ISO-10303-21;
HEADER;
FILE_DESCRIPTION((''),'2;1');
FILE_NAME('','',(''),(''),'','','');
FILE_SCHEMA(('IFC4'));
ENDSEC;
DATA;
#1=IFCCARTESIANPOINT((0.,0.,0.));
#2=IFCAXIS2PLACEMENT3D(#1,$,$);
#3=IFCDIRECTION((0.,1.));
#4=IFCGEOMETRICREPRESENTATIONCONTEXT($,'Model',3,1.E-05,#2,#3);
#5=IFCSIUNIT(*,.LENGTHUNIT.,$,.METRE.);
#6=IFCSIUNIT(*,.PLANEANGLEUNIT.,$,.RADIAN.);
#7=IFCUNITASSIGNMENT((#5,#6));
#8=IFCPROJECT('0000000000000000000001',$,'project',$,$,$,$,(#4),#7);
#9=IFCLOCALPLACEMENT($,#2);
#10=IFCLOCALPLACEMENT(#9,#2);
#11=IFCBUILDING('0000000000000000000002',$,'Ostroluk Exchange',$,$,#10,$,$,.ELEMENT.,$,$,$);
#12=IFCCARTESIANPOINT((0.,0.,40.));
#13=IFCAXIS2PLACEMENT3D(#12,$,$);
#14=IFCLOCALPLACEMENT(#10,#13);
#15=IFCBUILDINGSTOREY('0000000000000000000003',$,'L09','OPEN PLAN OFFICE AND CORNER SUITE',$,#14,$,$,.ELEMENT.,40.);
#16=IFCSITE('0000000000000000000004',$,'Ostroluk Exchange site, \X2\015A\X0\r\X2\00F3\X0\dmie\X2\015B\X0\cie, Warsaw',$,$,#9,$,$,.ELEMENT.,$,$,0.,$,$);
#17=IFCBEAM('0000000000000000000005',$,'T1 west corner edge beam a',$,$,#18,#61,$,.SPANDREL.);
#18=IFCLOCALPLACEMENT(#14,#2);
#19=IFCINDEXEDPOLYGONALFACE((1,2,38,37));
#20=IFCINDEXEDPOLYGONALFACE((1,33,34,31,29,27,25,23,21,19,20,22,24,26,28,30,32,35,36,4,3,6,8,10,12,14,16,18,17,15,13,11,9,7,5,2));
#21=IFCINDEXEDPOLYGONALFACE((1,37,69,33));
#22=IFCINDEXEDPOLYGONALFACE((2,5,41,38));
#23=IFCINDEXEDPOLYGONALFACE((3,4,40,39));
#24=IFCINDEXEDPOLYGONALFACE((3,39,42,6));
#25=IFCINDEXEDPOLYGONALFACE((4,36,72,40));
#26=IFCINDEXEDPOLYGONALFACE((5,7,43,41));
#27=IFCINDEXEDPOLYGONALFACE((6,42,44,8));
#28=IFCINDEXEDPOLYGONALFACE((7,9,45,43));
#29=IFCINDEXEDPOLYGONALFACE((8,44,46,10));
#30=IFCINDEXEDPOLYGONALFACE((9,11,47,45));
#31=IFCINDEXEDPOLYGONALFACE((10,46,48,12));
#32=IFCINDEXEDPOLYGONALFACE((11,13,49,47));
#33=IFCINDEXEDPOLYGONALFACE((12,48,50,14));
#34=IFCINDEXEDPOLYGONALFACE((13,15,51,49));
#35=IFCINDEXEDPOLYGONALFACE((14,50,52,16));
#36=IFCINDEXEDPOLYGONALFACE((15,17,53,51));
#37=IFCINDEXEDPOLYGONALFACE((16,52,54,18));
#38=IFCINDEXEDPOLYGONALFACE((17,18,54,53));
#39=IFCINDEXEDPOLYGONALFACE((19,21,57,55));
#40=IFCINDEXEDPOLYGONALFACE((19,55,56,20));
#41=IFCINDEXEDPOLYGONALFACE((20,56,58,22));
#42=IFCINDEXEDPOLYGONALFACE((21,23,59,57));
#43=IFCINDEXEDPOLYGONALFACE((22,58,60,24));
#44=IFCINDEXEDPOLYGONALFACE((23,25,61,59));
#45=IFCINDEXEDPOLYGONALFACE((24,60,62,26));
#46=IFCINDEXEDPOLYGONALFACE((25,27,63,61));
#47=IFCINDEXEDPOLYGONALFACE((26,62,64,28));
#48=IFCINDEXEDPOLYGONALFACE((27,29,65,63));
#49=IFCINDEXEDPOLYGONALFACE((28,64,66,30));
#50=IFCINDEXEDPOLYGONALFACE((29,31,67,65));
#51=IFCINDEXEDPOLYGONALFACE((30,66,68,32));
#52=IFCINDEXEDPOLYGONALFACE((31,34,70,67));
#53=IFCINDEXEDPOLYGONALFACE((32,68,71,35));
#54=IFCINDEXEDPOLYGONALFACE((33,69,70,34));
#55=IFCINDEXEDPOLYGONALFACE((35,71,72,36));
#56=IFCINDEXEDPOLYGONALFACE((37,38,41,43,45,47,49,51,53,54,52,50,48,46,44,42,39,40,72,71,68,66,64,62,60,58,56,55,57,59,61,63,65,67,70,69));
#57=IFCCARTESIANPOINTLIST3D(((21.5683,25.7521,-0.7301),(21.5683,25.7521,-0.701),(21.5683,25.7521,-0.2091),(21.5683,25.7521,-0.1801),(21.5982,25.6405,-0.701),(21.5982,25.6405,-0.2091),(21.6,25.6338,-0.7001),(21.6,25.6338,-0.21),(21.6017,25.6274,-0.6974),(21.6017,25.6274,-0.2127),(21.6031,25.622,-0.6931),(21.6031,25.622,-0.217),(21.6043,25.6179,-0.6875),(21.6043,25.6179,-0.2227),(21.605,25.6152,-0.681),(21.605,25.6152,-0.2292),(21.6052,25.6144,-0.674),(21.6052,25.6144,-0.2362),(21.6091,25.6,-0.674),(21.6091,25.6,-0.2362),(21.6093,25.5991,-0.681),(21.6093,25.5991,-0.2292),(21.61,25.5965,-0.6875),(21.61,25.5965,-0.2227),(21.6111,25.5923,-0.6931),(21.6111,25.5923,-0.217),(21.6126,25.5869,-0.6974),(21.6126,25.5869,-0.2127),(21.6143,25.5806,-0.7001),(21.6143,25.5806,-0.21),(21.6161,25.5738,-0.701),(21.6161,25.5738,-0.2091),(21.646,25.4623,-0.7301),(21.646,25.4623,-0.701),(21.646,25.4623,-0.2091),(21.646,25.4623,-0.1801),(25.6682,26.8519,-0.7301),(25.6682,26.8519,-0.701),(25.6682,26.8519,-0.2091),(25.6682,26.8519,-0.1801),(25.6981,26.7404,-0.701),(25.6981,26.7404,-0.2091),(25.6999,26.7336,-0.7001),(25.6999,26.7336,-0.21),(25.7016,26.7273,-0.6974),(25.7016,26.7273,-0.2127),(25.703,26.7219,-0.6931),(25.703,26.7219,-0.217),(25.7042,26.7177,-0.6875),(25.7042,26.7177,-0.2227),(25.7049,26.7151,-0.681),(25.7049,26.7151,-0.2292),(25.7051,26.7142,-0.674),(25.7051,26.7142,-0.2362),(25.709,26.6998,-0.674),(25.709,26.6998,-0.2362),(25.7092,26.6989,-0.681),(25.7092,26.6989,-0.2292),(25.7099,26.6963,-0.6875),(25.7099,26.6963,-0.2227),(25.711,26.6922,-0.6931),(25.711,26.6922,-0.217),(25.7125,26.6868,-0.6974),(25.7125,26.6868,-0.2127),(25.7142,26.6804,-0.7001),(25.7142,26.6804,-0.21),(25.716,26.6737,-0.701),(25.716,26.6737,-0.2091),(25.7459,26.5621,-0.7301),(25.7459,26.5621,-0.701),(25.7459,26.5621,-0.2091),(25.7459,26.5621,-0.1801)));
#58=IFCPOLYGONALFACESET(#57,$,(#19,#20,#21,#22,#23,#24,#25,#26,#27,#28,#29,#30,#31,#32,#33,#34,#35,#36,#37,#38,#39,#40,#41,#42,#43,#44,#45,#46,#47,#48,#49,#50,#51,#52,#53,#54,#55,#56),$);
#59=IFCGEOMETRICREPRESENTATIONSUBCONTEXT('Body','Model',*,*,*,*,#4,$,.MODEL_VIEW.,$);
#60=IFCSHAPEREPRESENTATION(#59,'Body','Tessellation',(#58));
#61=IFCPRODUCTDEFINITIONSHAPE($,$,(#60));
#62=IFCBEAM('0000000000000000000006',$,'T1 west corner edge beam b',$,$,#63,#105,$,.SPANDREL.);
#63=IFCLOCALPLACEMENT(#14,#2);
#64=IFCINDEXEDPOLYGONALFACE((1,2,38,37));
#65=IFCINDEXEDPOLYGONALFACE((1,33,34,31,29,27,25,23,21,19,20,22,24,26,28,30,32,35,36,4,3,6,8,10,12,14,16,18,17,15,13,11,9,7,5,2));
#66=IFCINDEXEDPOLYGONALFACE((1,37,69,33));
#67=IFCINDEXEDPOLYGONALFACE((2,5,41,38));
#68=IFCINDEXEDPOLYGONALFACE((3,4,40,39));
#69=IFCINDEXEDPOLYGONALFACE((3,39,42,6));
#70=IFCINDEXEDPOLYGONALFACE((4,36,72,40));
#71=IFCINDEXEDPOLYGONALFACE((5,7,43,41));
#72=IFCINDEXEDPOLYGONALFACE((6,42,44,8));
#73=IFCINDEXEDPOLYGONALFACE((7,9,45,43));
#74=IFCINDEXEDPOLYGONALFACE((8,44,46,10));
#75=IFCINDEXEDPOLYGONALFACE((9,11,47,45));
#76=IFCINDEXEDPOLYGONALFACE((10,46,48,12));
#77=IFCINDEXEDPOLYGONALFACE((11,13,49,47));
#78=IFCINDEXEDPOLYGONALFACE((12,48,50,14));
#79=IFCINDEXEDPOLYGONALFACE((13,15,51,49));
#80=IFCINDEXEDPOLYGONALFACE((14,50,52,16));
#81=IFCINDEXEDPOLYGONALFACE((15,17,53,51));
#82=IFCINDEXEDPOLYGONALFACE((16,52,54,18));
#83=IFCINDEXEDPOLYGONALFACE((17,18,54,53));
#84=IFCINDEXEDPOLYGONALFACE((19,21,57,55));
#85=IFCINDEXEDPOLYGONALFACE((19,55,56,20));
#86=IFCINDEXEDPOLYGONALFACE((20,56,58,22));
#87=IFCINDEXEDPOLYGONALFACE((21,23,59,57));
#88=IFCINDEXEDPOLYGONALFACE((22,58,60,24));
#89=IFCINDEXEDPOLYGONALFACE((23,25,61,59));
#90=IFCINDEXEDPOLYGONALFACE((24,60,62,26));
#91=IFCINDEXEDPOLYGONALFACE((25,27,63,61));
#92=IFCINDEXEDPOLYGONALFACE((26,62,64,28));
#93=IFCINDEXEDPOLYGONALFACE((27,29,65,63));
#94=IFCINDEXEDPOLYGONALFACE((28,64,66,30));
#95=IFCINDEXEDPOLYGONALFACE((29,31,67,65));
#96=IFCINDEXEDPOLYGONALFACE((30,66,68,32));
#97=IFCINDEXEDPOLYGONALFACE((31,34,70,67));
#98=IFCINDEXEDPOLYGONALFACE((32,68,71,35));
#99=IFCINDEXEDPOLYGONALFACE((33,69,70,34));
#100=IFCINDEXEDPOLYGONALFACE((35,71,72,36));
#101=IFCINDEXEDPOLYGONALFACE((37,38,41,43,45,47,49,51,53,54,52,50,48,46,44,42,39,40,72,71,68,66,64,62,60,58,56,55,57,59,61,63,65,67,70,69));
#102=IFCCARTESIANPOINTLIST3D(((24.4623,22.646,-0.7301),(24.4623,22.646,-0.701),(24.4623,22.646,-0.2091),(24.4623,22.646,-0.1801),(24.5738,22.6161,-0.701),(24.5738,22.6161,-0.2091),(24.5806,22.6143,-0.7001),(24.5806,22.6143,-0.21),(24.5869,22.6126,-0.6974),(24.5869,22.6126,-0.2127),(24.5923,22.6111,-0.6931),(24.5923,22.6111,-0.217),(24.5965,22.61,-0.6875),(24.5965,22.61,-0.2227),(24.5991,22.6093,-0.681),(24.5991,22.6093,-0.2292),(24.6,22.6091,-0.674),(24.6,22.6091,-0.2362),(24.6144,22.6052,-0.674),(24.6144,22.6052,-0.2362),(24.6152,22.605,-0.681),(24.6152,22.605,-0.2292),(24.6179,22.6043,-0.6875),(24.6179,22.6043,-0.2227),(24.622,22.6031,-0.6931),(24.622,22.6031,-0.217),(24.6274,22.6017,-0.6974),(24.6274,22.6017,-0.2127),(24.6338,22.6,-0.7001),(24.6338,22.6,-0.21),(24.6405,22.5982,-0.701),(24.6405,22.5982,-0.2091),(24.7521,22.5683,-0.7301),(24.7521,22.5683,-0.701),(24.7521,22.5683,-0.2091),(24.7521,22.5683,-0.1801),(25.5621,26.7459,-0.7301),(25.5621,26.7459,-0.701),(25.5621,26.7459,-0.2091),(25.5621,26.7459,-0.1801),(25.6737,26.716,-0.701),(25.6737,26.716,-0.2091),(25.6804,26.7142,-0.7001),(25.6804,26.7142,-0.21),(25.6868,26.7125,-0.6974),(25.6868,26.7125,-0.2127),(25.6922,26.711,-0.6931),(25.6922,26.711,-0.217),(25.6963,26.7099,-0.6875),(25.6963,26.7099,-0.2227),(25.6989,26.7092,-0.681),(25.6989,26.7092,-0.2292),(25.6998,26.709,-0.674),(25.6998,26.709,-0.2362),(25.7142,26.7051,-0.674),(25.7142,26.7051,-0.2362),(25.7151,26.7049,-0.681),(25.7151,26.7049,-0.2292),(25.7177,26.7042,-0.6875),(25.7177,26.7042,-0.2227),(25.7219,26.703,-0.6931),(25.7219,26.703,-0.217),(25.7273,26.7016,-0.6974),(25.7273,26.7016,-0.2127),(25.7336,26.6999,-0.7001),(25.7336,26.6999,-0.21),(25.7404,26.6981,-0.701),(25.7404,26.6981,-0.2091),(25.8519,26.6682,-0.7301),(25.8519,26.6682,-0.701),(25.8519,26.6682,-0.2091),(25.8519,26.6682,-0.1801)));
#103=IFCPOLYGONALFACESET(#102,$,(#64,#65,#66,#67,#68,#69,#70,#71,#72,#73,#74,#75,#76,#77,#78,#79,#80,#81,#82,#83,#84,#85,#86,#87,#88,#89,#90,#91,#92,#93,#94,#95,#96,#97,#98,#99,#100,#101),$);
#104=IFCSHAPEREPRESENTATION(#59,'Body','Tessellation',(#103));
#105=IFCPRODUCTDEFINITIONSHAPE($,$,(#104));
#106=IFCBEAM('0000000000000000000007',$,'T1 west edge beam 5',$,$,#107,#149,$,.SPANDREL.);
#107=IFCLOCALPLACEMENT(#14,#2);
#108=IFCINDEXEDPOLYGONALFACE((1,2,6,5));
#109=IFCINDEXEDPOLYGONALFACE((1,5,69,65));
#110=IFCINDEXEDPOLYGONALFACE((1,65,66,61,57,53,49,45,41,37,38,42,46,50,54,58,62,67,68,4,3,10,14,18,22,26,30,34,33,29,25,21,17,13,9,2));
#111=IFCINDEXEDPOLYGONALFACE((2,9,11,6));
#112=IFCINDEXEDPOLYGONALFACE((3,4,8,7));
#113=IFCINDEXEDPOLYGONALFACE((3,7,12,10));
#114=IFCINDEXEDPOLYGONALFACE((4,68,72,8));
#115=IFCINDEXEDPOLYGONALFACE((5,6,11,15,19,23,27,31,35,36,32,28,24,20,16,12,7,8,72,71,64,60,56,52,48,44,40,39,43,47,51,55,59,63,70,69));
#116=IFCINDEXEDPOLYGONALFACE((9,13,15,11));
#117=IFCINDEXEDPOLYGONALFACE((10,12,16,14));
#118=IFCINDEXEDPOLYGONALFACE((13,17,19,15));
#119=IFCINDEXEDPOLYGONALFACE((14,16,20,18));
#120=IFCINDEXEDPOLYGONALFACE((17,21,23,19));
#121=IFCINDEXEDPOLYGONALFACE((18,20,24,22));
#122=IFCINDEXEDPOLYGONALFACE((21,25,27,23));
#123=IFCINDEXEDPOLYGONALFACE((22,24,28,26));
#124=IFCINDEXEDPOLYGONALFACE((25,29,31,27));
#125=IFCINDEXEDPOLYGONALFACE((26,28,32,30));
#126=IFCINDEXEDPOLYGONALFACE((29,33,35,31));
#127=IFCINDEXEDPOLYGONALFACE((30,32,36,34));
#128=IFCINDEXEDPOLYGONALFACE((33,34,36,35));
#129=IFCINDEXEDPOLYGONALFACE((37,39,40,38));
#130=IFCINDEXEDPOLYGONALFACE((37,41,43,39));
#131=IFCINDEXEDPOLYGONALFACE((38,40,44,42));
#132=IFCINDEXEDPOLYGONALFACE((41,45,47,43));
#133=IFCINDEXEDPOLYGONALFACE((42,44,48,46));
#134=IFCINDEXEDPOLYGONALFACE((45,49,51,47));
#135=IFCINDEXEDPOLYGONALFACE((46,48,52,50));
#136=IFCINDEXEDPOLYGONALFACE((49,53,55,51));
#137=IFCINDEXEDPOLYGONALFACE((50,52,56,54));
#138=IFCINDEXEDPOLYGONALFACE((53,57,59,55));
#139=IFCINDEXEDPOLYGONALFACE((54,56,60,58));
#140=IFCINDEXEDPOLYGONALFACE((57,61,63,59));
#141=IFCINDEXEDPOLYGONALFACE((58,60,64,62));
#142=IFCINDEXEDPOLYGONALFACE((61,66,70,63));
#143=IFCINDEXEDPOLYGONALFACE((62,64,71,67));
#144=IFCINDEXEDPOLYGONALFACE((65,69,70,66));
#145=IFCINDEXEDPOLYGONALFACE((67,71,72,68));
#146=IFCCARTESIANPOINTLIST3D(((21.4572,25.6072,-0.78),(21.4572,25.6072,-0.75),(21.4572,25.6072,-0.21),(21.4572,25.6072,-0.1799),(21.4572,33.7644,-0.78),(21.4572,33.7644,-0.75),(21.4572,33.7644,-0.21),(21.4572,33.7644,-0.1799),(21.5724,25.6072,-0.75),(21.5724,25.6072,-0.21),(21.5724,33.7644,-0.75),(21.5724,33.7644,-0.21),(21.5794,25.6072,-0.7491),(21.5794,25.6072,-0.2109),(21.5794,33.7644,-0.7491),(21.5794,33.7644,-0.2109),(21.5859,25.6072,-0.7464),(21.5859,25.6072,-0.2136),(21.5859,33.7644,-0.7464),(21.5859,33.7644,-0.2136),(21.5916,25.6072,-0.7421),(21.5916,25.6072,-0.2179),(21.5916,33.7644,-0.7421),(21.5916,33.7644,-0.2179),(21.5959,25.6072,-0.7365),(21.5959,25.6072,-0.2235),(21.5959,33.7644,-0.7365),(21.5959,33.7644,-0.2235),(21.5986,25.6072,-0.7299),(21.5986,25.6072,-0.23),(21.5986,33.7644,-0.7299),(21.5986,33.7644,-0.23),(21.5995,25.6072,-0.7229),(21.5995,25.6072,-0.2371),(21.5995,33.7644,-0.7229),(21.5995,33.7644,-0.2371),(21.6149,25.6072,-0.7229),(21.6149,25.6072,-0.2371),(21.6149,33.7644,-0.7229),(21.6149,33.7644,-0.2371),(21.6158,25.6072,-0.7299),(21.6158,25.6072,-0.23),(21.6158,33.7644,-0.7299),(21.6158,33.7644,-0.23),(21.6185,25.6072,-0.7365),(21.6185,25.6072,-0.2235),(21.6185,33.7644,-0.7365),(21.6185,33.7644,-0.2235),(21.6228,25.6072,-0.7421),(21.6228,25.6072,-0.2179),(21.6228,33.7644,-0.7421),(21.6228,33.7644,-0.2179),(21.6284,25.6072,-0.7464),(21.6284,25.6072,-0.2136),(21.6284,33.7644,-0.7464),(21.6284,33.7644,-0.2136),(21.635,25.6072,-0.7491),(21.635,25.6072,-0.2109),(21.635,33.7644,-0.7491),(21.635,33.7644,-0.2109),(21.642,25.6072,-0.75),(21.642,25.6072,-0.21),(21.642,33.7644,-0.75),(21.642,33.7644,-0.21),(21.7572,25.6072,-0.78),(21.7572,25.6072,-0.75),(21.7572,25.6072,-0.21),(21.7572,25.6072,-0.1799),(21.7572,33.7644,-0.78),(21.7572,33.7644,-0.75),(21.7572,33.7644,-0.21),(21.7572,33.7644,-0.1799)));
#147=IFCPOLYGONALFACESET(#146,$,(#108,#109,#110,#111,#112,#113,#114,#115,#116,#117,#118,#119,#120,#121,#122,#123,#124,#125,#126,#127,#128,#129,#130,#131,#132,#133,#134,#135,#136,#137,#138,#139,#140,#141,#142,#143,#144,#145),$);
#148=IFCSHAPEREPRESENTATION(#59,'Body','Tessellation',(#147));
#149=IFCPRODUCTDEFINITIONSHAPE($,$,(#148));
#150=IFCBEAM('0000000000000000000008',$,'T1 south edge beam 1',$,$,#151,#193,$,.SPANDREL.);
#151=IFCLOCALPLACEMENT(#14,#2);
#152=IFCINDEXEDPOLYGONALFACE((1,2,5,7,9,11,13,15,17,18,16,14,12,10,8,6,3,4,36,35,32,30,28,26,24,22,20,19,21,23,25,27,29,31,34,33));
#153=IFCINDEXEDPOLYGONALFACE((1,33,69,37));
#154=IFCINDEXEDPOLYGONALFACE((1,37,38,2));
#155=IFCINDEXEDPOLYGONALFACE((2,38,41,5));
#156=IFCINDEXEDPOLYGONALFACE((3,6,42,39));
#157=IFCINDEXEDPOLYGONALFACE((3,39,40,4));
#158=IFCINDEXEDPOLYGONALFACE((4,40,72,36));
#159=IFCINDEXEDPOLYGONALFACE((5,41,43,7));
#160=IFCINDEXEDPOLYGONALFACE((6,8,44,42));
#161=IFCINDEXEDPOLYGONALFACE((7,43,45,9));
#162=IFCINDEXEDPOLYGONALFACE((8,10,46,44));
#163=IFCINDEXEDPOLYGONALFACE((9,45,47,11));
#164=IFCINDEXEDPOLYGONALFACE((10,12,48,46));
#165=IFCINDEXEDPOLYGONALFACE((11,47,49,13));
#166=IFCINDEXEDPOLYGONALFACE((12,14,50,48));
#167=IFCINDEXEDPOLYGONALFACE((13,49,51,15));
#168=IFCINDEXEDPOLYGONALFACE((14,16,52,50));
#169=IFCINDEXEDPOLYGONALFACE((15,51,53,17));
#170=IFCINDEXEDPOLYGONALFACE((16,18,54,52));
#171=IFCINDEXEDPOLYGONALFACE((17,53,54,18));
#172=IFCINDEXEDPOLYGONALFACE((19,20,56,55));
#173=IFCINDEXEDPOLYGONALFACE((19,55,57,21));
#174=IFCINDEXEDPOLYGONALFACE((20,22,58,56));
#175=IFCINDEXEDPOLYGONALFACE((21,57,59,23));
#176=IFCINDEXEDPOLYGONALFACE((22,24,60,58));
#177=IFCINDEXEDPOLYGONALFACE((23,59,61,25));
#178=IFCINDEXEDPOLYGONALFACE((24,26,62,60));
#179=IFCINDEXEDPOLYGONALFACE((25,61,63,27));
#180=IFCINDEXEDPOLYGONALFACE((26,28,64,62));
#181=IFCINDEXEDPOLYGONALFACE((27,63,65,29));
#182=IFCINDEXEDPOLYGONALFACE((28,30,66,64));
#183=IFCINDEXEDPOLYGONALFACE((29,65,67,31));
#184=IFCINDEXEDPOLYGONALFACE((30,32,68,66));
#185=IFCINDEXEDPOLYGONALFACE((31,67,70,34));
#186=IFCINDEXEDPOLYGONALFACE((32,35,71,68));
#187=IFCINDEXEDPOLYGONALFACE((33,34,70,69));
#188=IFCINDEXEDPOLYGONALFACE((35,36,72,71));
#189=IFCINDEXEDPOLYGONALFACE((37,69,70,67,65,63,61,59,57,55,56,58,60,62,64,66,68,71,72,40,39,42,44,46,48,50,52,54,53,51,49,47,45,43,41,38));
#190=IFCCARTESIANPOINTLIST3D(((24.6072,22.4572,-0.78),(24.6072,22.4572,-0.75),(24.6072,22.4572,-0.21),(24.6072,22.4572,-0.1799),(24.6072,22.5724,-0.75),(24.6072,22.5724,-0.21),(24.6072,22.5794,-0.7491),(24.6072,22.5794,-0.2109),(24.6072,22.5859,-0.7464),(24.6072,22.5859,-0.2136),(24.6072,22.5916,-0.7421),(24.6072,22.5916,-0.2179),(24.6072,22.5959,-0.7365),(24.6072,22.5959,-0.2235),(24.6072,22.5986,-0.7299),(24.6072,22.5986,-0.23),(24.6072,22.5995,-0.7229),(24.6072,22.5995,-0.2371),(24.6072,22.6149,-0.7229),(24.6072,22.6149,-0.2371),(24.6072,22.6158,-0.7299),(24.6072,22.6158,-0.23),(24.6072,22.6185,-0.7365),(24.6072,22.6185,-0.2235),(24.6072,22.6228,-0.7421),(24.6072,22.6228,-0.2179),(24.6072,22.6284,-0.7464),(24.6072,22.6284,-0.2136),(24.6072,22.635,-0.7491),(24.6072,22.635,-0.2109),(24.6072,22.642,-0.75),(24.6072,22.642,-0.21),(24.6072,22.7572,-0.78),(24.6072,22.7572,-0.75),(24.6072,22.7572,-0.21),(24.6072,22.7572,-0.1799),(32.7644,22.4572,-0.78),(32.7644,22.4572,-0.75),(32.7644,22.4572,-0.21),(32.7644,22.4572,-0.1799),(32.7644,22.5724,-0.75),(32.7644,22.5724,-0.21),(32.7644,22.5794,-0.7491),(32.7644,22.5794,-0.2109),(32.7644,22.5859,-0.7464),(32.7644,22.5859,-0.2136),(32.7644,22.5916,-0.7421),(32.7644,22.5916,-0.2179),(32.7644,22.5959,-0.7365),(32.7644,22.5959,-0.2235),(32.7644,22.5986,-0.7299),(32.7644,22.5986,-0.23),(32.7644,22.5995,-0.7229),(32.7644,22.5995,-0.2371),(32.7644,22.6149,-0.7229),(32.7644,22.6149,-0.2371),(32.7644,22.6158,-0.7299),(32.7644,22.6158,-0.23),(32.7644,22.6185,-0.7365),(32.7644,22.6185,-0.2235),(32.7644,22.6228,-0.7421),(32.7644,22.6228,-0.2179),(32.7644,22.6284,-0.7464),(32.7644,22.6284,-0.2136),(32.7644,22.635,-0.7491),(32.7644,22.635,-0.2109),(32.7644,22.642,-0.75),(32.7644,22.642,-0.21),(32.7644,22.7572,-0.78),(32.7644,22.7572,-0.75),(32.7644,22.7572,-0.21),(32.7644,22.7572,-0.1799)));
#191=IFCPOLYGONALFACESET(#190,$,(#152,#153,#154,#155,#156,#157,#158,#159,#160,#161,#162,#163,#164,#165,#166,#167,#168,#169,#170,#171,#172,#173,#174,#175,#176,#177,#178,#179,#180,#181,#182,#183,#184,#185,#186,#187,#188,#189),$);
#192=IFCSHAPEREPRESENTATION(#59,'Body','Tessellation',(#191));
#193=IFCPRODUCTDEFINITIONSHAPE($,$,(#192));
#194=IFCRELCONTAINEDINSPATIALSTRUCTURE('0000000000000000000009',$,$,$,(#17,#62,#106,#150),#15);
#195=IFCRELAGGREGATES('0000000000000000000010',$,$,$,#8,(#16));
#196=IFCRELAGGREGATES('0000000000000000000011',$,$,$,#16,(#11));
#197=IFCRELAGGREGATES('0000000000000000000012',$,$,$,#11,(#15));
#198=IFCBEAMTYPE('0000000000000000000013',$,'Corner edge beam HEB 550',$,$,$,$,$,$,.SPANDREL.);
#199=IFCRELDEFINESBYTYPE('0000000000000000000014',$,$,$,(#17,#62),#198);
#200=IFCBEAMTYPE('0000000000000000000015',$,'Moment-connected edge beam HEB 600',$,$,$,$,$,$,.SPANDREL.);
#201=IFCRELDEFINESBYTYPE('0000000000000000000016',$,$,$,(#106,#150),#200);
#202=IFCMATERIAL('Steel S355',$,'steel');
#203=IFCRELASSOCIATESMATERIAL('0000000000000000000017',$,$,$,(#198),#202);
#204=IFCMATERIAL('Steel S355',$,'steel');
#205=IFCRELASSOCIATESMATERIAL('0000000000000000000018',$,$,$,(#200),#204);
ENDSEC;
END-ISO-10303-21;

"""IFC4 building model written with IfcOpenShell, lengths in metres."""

from ifc_helpers import new_model, si_unit, direction, frame, origin, origin_2d, place, context, subcontext, project, spatial, i_section, extrude, material, material_profile, profile_set, type_object, element, save


model = new_model("IFC4")

# Units and contexts
model_context = context("Model", 3, precision=1e-05, world=origin(), true_north=direction((0.0, 1.0)))
body_context = subcontext(model_context, "Body", "Model", "MODEL_VIEW")
ifc_project = project(units=[si_unit("LENGTHUNIT", "METRE"), si_unit("PLANEANGLEUNIT", "RADIAN")], contexts=[model_context])

# Site, building, storey
site_placement = place(None, origin())
site = spatial("IfcSite", under=ifc_project, at=site_placement, Name="Ostroluk Exchange site, Śródmieście, Warsaw", CompositionType="ELEMENT", RefElevation=0.0)
building_placement = place(site_placement, origin())
building = spatial("IfcBuilding", under=site, at=building_placement, Name="Ostroluk Exchange", CompositionType="ELEMENT")
storey_placement = place(building_placement, frame((0.0, 0.0, 40.0)))
storey = spatial("IfcBuildingStorey", under=building, at=storey_placement, Name="L09", Description="OPEN PLAN OFFICE AND CORNER SUITE", CompositionType="ELEMENT", Elevation=40.0)

# Beams
ifc_material_1 = material(Name="Steel S355", Category="steel")
ifc_material_profile_1 = material_profile(ifc_material_1, i_section(OverallWidth=0.3, OverallDepth=0.55, WebThickness=0.0149, FlangeThickness=0.0291, FilletRadius=0.0271, at=origin_2d()), Name="HEB 550")
ifc_profile_set_1 = profile_set([ifc_material_profile_1], Name="Steel S355")
beam_type_1 = type_object("IfcBeamType", Name="Corner edge beam HEB 550", PredefinedType="SPANDREL", material=ifc_profile_set_1)
for number, where, z_axis, x_axis, name in (
    (1, (25.707, 26.707, -0.4551), (-0.965849, -0.259105, 0.0), (0.259105, -0.965849, 0.0), "T1 west corner edge beam a"),
    (2, (25.707, 26.707, -0.4551), (-0.259105, -0.965849, 0.0), (0.965849, -0.259105, 0.0), "T1 west corner edge beam b"),
):
    element("IfcBeam", number, at=place(storey_placement, frame(where, z_axis=z_axis, x_axis=x_axis)), inside=storey, type_object=beam_type_1, Name=name, PredefinedType="SPANDREL", context=body_context, shape_type="SweptSolid", body=[
        extrude(i_section(OverallWidth=0.3, OverallDepth=0.55, WebThickness=0.0149, FlangeThickness=0.0291, FilletRadius=0.0271, at=origin_2d()), origin(), (0.0, 0.0, 1.0), 4.2449),
    ])
ifc_material_2 = material(Name="Steel S355", Category="steel")
ifc_material_profile_2 = material_profile(ifc_material_2, i_section(OverallWidth=0.3, OverallDepth=0.6001, WebThickness=0.0154, FlangeThickness=0.03, FilletRadius=0.0271, at=origin_2d()), Name="HEB 600")
ifc_profile_set_2 = profile_set([ifc_material_profile_2], Name="Steel S355")
beam_type_2 = type_object("IfcBeamType", Name="Moment-connected edge beam HEB 600", PredefinedType="SPANDREL", material=ifc_profile_set_2)
for number, where, z_axis, x_axis, name in (
    (3, (21.6072, 33.7644, -0.48), (0.0, -1.0, 0.0), (1.0, 0.0, 0.0), "T1 west edge beam 5"),
    (4, (24.6072, 22.6072, -0.48), (1.0, 0.0, 0.0), (0.0, 1.0, 0.0), "T1 south edge beam 1"),
):
    element("IfcBeam", number, at=place(storey_placement, frame(where, z_axis=z_axis, x_axis=x_axis)), inside=storey, type_object=beam_type_2, Name=name, PredefinedType="SPANDREL", context=body_context, shape_type="SweptSolid", body=[
        extrude(i_section(OverallWidth=0.3, OverallDepth=0.6001, WebThickness=0.0154, FlangeThickness=0.03, FilletRadius=0.0271, at=origin_2d()), origin(), (0.0, 0.0, 1.0), 8.1572),
    ])

save(model, "model.ifc")
